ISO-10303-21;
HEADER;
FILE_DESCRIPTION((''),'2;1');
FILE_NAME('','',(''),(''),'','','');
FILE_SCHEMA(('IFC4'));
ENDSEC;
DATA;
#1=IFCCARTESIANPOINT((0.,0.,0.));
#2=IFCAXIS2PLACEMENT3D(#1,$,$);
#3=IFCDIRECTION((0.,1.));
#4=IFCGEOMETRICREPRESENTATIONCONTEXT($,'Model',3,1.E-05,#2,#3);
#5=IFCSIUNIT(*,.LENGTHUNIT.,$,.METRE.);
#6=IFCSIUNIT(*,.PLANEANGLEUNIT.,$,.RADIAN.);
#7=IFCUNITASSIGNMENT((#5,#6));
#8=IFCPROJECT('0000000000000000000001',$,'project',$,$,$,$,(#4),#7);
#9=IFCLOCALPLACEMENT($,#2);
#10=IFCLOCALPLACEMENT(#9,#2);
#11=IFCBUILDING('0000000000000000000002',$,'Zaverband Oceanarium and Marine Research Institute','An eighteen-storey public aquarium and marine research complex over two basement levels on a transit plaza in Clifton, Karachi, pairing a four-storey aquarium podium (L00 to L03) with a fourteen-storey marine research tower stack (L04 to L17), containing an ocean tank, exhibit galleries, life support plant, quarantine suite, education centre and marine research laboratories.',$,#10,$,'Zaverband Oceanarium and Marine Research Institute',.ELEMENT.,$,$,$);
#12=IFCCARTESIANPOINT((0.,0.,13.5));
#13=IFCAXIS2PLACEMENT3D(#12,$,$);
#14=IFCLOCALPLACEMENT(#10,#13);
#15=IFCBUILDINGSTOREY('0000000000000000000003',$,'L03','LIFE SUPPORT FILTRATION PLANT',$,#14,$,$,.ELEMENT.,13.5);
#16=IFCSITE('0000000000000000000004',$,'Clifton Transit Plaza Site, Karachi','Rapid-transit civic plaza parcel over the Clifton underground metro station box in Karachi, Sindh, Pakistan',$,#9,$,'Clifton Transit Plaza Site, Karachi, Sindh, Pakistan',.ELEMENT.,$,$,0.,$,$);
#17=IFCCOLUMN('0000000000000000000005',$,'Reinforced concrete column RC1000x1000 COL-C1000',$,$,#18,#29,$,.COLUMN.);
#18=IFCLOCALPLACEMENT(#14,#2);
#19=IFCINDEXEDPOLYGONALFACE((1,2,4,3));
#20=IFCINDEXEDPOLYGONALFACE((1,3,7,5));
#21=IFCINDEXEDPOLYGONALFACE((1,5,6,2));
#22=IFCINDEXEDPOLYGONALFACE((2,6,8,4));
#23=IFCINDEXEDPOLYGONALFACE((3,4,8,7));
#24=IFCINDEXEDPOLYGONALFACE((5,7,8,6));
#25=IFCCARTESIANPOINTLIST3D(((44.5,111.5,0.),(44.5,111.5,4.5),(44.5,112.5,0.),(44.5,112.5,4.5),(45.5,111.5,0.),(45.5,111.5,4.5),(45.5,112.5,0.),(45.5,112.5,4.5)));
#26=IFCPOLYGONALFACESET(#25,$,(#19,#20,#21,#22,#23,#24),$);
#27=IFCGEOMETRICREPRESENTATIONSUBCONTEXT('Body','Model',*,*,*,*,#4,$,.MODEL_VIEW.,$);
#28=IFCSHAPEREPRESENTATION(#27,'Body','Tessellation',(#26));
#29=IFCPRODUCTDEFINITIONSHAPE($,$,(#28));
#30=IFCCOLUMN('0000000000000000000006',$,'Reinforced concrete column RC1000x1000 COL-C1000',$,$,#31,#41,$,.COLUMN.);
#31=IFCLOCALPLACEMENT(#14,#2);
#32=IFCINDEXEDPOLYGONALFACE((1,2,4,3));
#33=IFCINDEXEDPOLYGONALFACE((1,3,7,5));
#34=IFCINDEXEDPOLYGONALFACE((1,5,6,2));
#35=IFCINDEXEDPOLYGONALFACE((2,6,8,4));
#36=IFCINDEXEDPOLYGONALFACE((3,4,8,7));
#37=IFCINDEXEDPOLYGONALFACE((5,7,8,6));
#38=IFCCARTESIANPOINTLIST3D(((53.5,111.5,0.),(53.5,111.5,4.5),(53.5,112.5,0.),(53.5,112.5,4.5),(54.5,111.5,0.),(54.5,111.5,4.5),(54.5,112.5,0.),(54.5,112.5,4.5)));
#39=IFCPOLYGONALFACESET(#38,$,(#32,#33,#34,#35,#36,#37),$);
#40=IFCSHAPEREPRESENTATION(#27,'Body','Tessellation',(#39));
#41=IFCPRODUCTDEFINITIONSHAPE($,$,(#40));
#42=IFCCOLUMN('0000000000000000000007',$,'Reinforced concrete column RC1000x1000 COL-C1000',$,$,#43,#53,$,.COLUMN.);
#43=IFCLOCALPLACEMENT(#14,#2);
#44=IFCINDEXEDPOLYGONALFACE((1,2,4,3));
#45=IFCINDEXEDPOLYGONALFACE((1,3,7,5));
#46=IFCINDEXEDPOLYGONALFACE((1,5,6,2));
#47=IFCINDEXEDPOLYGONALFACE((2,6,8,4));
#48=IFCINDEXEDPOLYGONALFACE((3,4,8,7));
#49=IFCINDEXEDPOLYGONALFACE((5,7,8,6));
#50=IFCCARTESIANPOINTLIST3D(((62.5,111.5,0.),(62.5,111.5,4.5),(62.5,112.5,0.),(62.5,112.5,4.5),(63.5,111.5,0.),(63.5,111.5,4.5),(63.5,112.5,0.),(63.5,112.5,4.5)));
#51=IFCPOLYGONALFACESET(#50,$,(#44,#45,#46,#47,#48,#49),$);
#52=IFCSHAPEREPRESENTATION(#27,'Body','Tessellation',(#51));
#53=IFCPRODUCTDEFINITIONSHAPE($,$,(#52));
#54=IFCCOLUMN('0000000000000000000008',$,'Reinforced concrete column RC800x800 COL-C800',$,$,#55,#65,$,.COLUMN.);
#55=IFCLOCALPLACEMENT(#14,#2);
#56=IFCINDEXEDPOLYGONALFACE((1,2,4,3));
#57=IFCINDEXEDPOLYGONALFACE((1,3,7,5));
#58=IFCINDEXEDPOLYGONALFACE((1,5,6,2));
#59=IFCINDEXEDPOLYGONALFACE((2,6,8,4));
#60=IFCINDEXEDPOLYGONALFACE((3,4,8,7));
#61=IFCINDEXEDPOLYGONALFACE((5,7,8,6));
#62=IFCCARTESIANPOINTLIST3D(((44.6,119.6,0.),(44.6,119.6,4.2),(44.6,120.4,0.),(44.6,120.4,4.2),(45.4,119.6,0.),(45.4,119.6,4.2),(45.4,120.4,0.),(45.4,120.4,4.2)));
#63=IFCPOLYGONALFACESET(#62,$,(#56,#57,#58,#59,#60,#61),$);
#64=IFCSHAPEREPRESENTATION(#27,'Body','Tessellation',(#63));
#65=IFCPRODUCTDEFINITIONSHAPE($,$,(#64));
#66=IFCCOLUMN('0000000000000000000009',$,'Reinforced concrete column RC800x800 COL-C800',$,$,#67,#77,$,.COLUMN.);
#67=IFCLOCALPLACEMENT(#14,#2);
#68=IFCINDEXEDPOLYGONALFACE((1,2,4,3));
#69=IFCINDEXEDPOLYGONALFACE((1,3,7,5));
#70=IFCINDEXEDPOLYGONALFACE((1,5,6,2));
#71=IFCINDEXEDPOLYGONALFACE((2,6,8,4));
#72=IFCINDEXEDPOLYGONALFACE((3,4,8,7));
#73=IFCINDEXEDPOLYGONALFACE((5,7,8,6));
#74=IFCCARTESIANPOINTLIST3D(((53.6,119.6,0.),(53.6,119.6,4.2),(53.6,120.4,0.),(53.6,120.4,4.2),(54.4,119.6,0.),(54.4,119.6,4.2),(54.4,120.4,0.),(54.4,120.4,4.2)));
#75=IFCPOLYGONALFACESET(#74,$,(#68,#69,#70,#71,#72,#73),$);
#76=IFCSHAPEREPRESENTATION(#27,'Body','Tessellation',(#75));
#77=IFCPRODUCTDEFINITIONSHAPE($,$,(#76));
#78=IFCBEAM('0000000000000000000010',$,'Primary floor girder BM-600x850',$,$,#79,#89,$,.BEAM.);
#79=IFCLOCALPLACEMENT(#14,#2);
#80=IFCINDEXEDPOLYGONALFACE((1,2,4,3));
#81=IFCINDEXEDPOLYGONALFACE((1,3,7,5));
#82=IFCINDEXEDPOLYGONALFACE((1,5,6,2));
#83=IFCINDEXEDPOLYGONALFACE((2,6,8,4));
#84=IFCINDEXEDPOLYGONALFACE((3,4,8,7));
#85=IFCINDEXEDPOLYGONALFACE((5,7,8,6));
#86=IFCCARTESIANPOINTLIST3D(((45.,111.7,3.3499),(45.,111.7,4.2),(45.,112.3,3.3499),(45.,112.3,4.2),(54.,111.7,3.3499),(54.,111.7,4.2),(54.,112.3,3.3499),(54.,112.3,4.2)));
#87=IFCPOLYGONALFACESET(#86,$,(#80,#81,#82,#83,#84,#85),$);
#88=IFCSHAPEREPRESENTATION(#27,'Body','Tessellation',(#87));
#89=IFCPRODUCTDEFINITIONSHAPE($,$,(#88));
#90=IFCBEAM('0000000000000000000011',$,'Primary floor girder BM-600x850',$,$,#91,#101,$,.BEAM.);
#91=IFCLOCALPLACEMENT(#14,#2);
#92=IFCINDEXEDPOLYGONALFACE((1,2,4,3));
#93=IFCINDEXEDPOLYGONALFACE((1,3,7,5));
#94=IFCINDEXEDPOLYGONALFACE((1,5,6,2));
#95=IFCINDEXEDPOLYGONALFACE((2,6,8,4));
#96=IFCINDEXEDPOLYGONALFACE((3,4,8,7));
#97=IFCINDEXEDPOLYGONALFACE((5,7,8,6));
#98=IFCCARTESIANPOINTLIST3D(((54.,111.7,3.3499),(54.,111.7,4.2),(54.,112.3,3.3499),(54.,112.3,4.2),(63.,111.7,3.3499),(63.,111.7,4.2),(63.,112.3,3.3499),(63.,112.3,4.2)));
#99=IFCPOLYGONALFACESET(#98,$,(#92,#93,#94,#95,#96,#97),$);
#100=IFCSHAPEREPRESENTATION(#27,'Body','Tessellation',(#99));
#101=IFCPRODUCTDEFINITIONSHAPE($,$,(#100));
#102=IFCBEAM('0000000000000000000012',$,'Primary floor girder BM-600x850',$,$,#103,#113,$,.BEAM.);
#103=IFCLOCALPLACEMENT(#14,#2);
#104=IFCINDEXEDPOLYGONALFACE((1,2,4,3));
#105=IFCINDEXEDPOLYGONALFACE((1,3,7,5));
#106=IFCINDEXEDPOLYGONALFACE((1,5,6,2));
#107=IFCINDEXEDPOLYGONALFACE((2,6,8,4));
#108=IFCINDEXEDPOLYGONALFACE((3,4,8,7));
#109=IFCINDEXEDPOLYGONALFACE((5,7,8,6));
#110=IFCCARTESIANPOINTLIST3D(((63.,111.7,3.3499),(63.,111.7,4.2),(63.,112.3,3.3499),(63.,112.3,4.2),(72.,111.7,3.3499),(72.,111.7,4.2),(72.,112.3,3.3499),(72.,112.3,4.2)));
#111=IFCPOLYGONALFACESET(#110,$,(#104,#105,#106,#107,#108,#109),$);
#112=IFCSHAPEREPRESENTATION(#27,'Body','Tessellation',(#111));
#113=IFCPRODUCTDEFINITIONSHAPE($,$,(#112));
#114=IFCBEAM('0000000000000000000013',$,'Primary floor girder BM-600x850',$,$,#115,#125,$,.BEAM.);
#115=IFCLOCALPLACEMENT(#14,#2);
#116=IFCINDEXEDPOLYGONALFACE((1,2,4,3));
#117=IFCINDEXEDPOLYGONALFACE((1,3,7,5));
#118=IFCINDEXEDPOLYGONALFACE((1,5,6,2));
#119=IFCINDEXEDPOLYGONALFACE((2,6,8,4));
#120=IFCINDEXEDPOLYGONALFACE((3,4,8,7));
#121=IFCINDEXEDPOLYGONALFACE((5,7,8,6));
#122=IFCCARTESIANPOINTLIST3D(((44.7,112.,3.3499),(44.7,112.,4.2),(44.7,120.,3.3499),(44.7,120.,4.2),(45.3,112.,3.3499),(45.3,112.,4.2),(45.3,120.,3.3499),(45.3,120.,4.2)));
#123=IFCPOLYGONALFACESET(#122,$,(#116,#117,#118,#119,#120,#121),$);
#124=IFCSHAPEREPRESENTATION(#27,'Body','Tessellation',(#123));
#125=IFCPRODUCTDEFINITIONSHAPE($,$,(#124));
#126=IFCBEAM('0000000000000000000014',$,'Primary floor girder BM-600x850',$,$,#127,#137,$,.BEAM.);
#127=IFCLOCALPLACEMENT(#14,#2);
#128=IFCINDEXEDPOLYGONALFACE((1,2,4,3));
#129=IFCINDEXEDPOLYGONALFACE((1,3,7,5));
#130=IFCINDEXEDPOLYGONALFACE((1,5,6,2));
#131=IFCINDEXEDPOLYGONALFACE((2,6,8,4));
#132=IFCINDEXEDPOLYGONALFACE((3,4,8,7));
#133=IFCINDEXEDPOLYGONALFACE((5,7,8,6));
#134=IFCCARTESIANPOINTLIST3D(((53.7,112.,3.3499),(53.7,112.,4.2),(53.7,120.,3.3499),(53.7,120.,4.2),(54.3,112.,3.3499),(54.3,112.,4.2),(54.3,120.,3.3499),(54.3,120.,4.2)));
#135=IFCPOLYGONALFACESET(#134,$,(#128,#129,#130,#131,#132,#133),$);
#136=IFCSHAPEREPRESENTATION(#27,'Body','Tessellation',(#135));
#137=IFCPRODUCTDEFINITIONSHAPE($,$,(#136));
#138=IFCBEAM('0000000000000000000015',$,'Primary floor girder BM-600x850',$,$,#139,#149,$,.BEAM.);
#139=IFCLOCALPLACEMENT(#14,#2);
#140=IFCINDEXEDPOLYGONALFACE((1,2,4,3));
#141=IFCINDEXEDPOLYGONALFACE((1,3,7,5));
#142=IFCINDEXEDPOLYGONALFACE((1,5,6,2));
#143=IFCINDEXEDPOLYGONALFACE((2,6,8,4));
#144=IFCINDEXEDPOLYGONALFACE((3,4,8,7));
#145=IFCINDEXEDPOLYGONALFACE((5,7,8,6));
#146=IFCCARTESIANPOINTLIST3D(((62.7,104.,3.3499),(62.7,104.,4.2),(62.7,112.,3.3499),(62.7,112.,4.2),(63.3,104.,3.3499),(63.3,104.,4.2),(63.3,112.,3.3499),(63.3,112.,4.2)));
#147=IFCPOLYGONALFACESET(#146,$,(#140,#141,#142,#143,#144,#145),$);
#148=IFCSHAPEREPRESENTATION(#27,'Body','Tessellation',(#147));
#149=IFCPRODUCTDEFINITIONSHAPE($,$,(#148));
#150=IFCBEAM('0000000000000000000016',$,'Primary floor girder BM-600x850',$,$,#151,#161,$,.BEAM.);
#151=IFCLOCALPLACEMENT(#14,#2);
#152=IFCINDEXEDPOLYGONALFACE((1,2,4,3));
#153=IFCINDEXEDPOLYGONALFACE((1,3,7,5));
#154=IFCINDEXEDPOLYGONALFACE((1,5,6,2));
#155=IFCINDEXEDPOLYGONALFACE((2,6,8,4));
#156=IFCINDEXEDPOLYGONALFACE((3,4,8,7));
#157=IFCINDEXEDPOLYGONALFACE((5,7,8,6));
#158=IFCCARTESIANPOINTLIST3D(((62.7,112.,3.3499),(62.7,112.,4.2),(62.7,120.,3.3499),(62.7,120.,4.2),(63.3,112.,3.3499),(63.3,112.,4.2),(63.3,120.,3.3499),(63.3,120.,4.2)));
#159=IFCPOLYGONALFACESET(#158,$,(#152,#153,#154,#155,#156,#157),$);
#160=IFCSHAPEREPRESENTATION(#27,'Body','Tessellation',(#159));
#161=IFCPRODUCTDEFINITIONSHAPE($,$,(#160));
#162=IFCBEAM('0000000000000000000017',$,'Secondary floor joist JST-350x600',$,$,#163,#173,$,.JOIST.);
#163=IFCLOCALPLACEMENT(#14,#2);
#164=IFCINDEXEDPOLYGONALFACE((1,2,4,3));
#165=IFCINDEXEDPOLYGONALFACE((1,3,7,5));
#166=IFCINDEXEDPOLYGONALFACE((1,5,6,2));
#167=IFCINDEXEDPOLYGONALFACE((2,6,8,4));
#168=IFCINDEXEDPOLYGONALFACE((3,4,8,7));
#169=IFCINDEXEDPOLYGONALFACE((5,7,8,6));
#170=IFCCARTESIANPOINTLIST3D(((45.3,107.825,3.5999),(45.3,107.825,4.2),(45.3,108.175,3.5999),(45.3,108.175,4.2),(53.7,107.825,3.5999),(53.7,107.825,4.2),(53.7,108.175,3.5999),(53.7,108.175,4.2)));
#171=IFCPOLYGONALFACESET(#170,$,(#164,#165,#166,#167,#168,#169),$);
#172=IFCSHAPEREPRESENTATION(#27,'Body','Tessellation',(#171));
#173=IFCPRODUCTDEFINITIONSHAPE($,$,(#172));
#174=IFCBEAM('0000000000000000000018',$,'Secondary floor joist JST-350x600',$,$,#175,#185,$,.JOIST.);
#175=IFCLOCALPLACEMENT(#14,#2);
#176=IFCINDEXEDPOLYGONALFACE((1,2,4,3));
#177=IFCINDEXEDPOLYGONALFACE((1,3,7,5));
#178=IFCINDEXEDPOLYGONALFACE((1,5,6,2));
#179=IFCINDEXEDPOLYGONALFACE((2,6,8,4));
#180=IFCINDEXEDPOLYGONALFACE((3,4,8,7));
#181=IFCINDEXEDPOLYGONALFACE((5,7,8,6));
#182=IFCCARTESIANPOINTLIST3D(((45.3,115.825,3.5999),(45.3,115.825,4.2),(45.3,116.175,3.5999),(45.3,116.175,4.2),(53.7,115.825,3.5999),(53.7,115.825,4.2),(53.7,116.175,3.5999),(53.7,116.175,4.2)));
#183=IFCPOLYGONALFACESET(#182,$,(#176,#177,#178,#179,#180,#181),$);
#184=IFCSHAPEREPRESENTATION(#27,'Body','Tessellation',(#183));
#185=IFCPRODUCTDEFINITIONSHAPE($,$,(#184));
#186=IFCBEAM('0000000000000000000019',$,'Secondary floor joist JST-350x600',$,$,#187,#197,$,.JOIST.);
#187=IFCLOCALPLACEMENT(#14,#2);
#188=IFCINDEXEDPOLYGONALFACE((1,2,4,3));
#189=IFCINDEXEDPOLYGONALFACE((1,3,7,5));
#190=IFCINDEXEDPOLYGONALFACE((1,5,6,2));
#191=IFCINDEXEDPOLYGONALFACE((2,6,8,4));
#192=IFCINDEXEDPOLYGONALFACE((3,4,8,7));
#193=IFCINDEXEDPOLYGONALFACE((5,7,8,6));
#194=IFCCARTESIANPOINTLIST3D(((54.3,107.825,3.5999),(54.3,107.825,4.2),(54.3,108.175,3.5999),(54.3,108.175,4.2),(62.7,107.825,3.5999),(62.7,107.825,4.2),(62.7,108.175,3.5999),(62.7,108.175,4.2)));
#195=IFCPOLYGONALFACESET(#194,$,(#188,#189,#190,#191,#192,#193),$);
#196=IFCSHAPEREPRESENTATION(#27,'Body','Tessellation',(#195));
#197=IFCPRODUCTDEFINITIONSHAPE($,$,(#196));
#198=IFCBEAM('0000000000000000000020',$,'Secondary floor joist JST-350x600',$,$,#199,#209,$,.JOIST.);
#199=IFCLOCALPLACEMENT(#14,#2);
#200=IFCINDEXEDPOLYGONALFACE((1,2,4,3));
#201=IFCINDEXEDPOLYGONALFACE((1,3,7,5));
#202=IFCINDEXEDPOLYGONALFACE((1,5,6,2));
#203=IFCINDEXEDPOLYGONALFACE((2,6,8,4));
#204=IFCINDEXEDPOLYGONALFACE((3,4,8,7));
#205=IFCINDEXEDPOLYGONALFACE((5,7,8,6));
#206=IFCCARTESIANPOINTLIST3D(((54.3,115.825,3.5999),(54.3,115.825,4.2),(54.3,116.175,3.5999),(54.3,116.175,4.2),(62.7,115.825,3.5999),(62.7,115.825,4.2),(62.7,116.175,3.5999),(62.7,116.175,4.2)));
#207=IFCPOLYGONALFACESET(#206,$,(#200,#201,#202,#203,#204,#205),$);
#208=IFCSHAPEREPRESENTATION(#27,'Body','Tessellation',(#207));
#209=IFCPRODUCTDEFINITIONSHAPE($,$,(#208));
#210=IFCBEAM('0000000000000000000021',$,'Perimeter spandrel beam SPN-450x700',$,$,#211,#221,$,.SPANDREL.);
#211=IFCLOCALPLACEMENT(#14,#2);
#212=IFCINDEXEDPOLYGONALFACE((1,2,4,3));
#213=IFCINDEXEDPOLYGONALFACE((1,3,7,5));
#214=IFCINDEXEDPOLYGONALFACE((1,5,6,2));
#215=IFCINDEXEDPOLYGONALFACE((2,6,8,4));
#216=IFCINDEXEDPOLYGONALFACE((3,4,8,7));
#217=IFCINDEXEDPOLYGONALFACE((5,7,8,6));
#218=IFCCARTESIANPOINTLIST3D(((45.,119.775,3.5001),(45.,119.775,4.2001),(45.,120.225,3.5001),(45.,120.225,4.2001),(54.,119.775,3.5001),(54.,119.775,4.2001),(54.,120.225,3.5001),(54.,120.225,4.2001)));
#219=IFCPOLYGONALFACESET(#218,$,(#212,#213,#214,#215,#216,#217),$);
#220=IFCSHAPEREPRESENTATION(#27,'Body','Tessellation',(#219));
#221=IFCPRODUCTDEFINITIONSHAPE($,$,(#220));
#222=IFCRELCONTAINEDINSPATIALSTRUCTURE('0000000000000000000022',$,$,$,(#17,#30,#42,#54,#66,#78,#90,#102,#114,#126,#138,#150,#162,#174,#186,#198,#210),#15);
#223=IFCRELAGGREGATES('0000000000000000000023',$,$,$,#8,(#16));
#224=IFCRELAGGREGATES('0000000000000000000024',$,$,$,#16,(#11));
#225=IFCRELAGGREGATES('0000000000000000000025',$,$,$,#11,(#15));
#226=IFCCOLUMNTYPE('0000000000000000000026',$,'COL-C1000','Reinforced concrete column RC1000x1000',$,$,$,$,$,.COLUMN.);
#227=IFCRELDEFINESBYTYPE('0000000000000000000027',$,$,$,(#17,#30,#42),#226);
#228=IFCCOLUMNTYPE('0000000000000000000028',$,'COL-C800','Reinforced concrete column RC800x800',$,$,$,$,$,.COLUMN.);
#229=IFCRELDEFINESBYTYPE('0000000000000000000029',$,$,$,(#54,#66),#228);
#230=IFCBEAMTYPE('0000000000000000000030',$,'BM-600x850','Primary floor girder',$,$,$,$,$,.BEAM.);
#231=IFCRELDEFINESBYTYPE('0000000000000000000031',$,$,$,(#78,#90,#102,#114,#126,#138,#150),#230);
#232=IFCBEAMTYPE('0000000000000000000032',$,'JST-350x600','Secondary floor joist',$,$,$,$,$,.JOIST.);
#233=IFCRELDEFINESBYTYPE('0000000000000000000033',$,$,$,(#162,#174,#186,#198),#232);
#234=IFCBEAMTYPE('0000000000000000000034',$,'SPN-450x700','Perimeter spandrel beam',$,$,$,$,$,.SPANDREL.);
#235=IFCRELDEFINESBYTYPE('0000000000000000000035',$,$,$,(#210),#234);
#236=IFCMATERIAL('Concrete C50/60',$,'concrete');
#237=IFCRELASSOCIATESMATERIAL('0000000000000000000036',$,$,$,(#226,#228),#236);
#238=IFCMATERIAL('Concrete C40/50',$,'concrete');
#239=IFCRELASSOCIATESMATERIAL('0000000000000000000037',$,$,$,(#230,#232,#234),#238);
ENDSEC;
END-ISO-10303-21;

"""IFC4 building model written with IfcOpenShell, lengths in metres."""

from ifc_helpers import new_model, si_unit, direction, frame, origin, origin_2d, place, context, subcontext, project, spatial, rectangle, extrude, material, material_profile, profile_set, type_object, element, save


model = new_model("IFC4")

# Units and contexts
model_context = context("Model", 3, precision=1e-05, world=origin(), true_north=direction((0.0, 1.0)))
body_context = subcontext(model_context, "Body", "Model", "MODEL_VIEW")
ifc_project = project(units=[si_unit("LENGTHUNIT", "METRE"), si_unit("PLANEANGLEUNIT", "RADIAN")], contexts=[model_context])

# Site, building, storey
site_placement = place(None, origin())
site = spatial("IfcSite", under=ifc_project, at=site_placement, Name="Clifton Transit Plaza Site, Karachi", Description="Rapid-transit civic plaza parcel over the Clifton underground metro station box in Karachi, Sindh, Pakistan", LongName="Clifton Transit Plaza Site, Karachi, Sindh, Pakistan", CompositionType="ELEMENT", RefElevation=0.0)
building_placement = place(site_placement, origin())
building = spatial("IfcBuilding", under=site, at=building_placement, Name="Zaverband Oceanarium and Marine Research Institute", Description="An eighteen-storey public aquarium and marine research complex over two basement levels on a transit plaza in Clifton, Karachi, pairing a four-storey aquarium podium (L00 to L03) with a fourteen-storey marine research tower stack (L04 to L17), containing an ocean tank, exhibit galleries, life support plant, quarantine suite, education centre and marine research laboratories.", LongName="Zaverband Oceanarium and Marine Research Institute", CompositionType="ELEMENT")
storey_placement = place(building_placement, frame((0.0, 0.0, 13.5)))
storey = spatial("IfcBuildingStorey", under=building, at=storey_placement, Name="L03", Description="LIFE SUPPORT FILTRATION PLANT", CompositionType="ELEMENT", Elevation=13.5)

# Columns
ifc_material_1 = material(Name="Concrete C50/60", Category="concrete")
ifc_material_profile_1 = material_profile(ifc_material_1, rectangle(XDim=1.0, YDim=1.0, at=origin_2d()), Name="RC1000x1000")
ifc_profile_set_1 = profile_set([ifc_material_profile_1], Name="Concrete C50/60")
column_type_1 = type_object("IfcColumnType", Name="COL-C1000", Description="Reinforced concrete column RC1000x1000", PredefinedType="COLUMN", material=ifc_profile_set_1)
for number, where, z_axis, x_axis, name in (
    (1, (45.0, 112.0, 0.0), (0.0, 0.0, 1.0), (1.0, 0.0, 0.0), "Reinforced concrete column RC1000x1000 COL-C1000"),
    (2, (54.0, 112.0, 0.0), (0.0, 0.0, 1.0), (1.0, 0.0, 0.0), "Reinforced concrete column RC1000x1000 COL-C1000"),
    (3, (63.0, 112.0, 0.0), (0.0, 0.0, 1.0), (1.0, 0.0, 0.0), "Reinforced concrete column RC1000x1000 COL-C1000"),
):
    element("IfcColumn", number, at=place(storey_placement, frame(where, z_axis=z_axis, x_axis=x_axis)), inside=storey, type_object=column_type_1, Name=name, PredefinedType="COLUMN", context=body_context, shape_type="SweptSolid", body=[
        extrude(rectangle(XDim=1.0, YDim=1.0, at=origin_2d()), origin(), (0.0, 0.0, 1.0), 4.5),
    ])
ifc_material_profile_2 = material_profile(ifc_material_1, rectangle(XDim=0.8, YDim=0.8, at=origin_2d()), Name="RC800x800")
ifc_profile_set_2 = profile_set([ifc_material_profile_2], Name="Concrete C50/60")
column_type_2 = type_object("IfcColumnType", Name="COL-C800", Description="Reinforced concrete column RC800x800", PredefinedType="COLUMN", material=ifc_profile_set_2)
for number, where, z_axis, x_axis, name in (
    (4, (45.0, 120.0, 0.0), (0.0, 0.0, 1.0), (1.0, 0.0, 0.0), "Reinforced concrete column RC800x800 COL-C800"),
    (5, (54.0, 120.0, 0.0), (0.0, 0.0, 1.0), (1.0, 0.0, 0.0), "Reinforced concrete column RC800x800 COL-C800"),
):
    element("IfcColumn", number, at=place(storey_placement, frame(where, z_axis=z_axis, x_axis=x_axis)), inside=storey, type_object=column_type_2, Name=name, PredefinedType="COLUMN", context=body_context, shape_type="SweptSolid", body=[
        extrude(rectangle(XDim=0.8, YDim=0.8, at=origin_2d()), origin(), (0.0, 0.0, 1.0), 4.2),
    ])

# Beams
ifc_material_2 = material(Name="Concrete C40/50", Category="concrete")
ifc_material_profile_3 = material_profile(ifc_material_2, rectangle(XDim=0.6001, YDim=0.8501, at=origin_2d()), Name="RC600x850")
ifc_profile_set_3 = profile_set([ifc_material_profile_3], Name="Concrete C40/50")
beam_type_1 = type_object("IfcBeamType", Name="BM-600x850", Description="Primary floor girder", PredefinedType="BEAM", material=ifc_profile_set_3)
for number, where, z_axis, x_axis, name in (
    (6, (45.0, 112.0, 3.7749), (1.0, 0.0, 0.0), (0.0, 1.0, 0.0), "Primary floor girder BM-600x850"),
    (7, (54.0, 112.0, 3.7749), (1.0, 0.0, 0.0), (0.0, 1.0, 0.0), "Primary floor girder BM-600x850"),
    (8, (63.0, 112.0, 3.7749), (1.0, 0.0, 0.0), (0.0, 1.0, 0.0), "Primary floor girder BM-600x850"),
):
    element("IfcBeam", number, at=place(storey_placement, frame(where, z_axis=z_axis, x_axis=x_axis)), inside=storey, type_object=beam_type_1, Name=name, PredefinedType="BEAM", context=body_context, shape_type="SweptSolid", body=[
        extrude(rectangle(XDim=0.6001, YDim=0.8501, at=origin_2d()), origin(), (0.0, 0.0, 1.0), 9.0),
    ])
for number, where, z_axis, x_axis, name in (
    (9, (45.0, 112.0, 3.7749), (0.0, 1.0, 0.0), (-1.0, 0.0, 0.0), "Primary floor girder BM-600x850"),
    (10, (54.0, 112.0, 3.7749), (0.0, 1.0, 0.0), (-1.0, 0.0, 0.0), "Primary floor girder BM-600x850"),
    (11, (63.0, 104.0, 3.7749), (0.0, 1.0, 0.0), (-1.0, 0.0, 0.0), "Primary floor girder BM-600x850"),
    (12, (63.0, 112.0, 3.7749), (0.0, 1.0, 0.0), (-1.0, 0.0, 0.0), "Primary floor girder BM-600x850"),
):
    element("IfcBeam", number, at=place(storey_placement, frame(where, z_axis=z_axis, x_axis=x_axis)), inside=storey, type_object=beam_type_1, Name=name, PredefinedType="BEAM", context=body_context, shape_type="SweptSolid", body=[
        extrude(rectangle(XDim=0.6001, YDim=0.8501, at=origin_2d()), origin(), (0.0, 0.0, 1.0), 8.0),
    ])
ifc_material_profile_4 = material_profile(ifc_material_2, rectangle(XDim=0.3501, YDim=0.6001, at=origin_2d()), Name="RC350x600")
ifc_profile_set_4 = profile_set([ifc_material_profile_4], Name="Concrete C40/50")
beam_type_2 = type_object("IfcBeamType", Name="JST-350x600", Description="Secondary floor joist", PredefinedType="JOIST", material=ifc_profile_set_4)
for number, where, z_axis, x_axis, name in (
    (13, (45.3, 108.0, 3.8999), (1.0, 0.0, 0.0), (0.0, 1.0, 0.0), "Secondary floor joist JST-350x600"),
    (14, (45.3, 116.0, 3.8999), (1.0, 0.0, 0.0), (0.0, 1.0, 0.0), "Secondary floor joist JST-350x600"),
    (15, (54.3, 108.0, 3.8999), (1.0, 0.0, 0.0), (0.0, 1.0, 0.0), "Secondary floor joist JST-350x600"),
    (16, (54.3, 116.0, 3.8999), (1.0, 0.0, 0.0), (0.0, 1.0, 0.0), "Secondary floor joist JST-350x600"),
):
    element("IfcBeam", number, at=place(storey_placement, frame(where, z_axis=z_axis, x_axis=x_axis)), inside=storey, type_object=beam_type_2, Name=name, PredefinedType="JOIST", context=body_context, shape_type="SweptSolid", body=[
        extrude(rectangle(XDim=0.3501, YDim=0.6001, at=origin_2d()), origin(), (0.0, 0.0, 1.0), 8.3999),
    ])
ifc_material_profile_5 = material_profile(ifc_material_2, rectangle(XDim=0.45, YDim=0.7, at=origin_2d()), Name="RC450x700")
ifc_profile_set_5 = profile_set([ifc_material_profile_5], Name="Concrete C40/50")
beam_type_3 = type_object("IfcBeamType", Name="SPN-450x700", Description="Perimeter spandrel beam", PredefinedType="SPANDREL", material=ifc_profile_set_5)
for number, where, z_axis, x_axis, name in (
    (17, (45.0, 120.0, 3.8501), (1.0, 0.0, 0.0), (0.0, 1.0, 0.0), "Perimeter spandrel beam SPN-450x700"),
):
    element("IfcBeam", number, at=place(storey_placement, frame(where, z_axis=z_axis, x_axis=x_axis)), inside=storey, type_object=beam_type_3, Name=name, PredefinedType="SPANDREL", context=body_context, shape_type="SweptSolid", body=[
        extrude(rectangle(XDim=0.45, YDim=0.7, at=origin_2d()), origin(), (0.0, 0.0, 1.0), 9.0),
    ])

save(model, "model.ifc")
